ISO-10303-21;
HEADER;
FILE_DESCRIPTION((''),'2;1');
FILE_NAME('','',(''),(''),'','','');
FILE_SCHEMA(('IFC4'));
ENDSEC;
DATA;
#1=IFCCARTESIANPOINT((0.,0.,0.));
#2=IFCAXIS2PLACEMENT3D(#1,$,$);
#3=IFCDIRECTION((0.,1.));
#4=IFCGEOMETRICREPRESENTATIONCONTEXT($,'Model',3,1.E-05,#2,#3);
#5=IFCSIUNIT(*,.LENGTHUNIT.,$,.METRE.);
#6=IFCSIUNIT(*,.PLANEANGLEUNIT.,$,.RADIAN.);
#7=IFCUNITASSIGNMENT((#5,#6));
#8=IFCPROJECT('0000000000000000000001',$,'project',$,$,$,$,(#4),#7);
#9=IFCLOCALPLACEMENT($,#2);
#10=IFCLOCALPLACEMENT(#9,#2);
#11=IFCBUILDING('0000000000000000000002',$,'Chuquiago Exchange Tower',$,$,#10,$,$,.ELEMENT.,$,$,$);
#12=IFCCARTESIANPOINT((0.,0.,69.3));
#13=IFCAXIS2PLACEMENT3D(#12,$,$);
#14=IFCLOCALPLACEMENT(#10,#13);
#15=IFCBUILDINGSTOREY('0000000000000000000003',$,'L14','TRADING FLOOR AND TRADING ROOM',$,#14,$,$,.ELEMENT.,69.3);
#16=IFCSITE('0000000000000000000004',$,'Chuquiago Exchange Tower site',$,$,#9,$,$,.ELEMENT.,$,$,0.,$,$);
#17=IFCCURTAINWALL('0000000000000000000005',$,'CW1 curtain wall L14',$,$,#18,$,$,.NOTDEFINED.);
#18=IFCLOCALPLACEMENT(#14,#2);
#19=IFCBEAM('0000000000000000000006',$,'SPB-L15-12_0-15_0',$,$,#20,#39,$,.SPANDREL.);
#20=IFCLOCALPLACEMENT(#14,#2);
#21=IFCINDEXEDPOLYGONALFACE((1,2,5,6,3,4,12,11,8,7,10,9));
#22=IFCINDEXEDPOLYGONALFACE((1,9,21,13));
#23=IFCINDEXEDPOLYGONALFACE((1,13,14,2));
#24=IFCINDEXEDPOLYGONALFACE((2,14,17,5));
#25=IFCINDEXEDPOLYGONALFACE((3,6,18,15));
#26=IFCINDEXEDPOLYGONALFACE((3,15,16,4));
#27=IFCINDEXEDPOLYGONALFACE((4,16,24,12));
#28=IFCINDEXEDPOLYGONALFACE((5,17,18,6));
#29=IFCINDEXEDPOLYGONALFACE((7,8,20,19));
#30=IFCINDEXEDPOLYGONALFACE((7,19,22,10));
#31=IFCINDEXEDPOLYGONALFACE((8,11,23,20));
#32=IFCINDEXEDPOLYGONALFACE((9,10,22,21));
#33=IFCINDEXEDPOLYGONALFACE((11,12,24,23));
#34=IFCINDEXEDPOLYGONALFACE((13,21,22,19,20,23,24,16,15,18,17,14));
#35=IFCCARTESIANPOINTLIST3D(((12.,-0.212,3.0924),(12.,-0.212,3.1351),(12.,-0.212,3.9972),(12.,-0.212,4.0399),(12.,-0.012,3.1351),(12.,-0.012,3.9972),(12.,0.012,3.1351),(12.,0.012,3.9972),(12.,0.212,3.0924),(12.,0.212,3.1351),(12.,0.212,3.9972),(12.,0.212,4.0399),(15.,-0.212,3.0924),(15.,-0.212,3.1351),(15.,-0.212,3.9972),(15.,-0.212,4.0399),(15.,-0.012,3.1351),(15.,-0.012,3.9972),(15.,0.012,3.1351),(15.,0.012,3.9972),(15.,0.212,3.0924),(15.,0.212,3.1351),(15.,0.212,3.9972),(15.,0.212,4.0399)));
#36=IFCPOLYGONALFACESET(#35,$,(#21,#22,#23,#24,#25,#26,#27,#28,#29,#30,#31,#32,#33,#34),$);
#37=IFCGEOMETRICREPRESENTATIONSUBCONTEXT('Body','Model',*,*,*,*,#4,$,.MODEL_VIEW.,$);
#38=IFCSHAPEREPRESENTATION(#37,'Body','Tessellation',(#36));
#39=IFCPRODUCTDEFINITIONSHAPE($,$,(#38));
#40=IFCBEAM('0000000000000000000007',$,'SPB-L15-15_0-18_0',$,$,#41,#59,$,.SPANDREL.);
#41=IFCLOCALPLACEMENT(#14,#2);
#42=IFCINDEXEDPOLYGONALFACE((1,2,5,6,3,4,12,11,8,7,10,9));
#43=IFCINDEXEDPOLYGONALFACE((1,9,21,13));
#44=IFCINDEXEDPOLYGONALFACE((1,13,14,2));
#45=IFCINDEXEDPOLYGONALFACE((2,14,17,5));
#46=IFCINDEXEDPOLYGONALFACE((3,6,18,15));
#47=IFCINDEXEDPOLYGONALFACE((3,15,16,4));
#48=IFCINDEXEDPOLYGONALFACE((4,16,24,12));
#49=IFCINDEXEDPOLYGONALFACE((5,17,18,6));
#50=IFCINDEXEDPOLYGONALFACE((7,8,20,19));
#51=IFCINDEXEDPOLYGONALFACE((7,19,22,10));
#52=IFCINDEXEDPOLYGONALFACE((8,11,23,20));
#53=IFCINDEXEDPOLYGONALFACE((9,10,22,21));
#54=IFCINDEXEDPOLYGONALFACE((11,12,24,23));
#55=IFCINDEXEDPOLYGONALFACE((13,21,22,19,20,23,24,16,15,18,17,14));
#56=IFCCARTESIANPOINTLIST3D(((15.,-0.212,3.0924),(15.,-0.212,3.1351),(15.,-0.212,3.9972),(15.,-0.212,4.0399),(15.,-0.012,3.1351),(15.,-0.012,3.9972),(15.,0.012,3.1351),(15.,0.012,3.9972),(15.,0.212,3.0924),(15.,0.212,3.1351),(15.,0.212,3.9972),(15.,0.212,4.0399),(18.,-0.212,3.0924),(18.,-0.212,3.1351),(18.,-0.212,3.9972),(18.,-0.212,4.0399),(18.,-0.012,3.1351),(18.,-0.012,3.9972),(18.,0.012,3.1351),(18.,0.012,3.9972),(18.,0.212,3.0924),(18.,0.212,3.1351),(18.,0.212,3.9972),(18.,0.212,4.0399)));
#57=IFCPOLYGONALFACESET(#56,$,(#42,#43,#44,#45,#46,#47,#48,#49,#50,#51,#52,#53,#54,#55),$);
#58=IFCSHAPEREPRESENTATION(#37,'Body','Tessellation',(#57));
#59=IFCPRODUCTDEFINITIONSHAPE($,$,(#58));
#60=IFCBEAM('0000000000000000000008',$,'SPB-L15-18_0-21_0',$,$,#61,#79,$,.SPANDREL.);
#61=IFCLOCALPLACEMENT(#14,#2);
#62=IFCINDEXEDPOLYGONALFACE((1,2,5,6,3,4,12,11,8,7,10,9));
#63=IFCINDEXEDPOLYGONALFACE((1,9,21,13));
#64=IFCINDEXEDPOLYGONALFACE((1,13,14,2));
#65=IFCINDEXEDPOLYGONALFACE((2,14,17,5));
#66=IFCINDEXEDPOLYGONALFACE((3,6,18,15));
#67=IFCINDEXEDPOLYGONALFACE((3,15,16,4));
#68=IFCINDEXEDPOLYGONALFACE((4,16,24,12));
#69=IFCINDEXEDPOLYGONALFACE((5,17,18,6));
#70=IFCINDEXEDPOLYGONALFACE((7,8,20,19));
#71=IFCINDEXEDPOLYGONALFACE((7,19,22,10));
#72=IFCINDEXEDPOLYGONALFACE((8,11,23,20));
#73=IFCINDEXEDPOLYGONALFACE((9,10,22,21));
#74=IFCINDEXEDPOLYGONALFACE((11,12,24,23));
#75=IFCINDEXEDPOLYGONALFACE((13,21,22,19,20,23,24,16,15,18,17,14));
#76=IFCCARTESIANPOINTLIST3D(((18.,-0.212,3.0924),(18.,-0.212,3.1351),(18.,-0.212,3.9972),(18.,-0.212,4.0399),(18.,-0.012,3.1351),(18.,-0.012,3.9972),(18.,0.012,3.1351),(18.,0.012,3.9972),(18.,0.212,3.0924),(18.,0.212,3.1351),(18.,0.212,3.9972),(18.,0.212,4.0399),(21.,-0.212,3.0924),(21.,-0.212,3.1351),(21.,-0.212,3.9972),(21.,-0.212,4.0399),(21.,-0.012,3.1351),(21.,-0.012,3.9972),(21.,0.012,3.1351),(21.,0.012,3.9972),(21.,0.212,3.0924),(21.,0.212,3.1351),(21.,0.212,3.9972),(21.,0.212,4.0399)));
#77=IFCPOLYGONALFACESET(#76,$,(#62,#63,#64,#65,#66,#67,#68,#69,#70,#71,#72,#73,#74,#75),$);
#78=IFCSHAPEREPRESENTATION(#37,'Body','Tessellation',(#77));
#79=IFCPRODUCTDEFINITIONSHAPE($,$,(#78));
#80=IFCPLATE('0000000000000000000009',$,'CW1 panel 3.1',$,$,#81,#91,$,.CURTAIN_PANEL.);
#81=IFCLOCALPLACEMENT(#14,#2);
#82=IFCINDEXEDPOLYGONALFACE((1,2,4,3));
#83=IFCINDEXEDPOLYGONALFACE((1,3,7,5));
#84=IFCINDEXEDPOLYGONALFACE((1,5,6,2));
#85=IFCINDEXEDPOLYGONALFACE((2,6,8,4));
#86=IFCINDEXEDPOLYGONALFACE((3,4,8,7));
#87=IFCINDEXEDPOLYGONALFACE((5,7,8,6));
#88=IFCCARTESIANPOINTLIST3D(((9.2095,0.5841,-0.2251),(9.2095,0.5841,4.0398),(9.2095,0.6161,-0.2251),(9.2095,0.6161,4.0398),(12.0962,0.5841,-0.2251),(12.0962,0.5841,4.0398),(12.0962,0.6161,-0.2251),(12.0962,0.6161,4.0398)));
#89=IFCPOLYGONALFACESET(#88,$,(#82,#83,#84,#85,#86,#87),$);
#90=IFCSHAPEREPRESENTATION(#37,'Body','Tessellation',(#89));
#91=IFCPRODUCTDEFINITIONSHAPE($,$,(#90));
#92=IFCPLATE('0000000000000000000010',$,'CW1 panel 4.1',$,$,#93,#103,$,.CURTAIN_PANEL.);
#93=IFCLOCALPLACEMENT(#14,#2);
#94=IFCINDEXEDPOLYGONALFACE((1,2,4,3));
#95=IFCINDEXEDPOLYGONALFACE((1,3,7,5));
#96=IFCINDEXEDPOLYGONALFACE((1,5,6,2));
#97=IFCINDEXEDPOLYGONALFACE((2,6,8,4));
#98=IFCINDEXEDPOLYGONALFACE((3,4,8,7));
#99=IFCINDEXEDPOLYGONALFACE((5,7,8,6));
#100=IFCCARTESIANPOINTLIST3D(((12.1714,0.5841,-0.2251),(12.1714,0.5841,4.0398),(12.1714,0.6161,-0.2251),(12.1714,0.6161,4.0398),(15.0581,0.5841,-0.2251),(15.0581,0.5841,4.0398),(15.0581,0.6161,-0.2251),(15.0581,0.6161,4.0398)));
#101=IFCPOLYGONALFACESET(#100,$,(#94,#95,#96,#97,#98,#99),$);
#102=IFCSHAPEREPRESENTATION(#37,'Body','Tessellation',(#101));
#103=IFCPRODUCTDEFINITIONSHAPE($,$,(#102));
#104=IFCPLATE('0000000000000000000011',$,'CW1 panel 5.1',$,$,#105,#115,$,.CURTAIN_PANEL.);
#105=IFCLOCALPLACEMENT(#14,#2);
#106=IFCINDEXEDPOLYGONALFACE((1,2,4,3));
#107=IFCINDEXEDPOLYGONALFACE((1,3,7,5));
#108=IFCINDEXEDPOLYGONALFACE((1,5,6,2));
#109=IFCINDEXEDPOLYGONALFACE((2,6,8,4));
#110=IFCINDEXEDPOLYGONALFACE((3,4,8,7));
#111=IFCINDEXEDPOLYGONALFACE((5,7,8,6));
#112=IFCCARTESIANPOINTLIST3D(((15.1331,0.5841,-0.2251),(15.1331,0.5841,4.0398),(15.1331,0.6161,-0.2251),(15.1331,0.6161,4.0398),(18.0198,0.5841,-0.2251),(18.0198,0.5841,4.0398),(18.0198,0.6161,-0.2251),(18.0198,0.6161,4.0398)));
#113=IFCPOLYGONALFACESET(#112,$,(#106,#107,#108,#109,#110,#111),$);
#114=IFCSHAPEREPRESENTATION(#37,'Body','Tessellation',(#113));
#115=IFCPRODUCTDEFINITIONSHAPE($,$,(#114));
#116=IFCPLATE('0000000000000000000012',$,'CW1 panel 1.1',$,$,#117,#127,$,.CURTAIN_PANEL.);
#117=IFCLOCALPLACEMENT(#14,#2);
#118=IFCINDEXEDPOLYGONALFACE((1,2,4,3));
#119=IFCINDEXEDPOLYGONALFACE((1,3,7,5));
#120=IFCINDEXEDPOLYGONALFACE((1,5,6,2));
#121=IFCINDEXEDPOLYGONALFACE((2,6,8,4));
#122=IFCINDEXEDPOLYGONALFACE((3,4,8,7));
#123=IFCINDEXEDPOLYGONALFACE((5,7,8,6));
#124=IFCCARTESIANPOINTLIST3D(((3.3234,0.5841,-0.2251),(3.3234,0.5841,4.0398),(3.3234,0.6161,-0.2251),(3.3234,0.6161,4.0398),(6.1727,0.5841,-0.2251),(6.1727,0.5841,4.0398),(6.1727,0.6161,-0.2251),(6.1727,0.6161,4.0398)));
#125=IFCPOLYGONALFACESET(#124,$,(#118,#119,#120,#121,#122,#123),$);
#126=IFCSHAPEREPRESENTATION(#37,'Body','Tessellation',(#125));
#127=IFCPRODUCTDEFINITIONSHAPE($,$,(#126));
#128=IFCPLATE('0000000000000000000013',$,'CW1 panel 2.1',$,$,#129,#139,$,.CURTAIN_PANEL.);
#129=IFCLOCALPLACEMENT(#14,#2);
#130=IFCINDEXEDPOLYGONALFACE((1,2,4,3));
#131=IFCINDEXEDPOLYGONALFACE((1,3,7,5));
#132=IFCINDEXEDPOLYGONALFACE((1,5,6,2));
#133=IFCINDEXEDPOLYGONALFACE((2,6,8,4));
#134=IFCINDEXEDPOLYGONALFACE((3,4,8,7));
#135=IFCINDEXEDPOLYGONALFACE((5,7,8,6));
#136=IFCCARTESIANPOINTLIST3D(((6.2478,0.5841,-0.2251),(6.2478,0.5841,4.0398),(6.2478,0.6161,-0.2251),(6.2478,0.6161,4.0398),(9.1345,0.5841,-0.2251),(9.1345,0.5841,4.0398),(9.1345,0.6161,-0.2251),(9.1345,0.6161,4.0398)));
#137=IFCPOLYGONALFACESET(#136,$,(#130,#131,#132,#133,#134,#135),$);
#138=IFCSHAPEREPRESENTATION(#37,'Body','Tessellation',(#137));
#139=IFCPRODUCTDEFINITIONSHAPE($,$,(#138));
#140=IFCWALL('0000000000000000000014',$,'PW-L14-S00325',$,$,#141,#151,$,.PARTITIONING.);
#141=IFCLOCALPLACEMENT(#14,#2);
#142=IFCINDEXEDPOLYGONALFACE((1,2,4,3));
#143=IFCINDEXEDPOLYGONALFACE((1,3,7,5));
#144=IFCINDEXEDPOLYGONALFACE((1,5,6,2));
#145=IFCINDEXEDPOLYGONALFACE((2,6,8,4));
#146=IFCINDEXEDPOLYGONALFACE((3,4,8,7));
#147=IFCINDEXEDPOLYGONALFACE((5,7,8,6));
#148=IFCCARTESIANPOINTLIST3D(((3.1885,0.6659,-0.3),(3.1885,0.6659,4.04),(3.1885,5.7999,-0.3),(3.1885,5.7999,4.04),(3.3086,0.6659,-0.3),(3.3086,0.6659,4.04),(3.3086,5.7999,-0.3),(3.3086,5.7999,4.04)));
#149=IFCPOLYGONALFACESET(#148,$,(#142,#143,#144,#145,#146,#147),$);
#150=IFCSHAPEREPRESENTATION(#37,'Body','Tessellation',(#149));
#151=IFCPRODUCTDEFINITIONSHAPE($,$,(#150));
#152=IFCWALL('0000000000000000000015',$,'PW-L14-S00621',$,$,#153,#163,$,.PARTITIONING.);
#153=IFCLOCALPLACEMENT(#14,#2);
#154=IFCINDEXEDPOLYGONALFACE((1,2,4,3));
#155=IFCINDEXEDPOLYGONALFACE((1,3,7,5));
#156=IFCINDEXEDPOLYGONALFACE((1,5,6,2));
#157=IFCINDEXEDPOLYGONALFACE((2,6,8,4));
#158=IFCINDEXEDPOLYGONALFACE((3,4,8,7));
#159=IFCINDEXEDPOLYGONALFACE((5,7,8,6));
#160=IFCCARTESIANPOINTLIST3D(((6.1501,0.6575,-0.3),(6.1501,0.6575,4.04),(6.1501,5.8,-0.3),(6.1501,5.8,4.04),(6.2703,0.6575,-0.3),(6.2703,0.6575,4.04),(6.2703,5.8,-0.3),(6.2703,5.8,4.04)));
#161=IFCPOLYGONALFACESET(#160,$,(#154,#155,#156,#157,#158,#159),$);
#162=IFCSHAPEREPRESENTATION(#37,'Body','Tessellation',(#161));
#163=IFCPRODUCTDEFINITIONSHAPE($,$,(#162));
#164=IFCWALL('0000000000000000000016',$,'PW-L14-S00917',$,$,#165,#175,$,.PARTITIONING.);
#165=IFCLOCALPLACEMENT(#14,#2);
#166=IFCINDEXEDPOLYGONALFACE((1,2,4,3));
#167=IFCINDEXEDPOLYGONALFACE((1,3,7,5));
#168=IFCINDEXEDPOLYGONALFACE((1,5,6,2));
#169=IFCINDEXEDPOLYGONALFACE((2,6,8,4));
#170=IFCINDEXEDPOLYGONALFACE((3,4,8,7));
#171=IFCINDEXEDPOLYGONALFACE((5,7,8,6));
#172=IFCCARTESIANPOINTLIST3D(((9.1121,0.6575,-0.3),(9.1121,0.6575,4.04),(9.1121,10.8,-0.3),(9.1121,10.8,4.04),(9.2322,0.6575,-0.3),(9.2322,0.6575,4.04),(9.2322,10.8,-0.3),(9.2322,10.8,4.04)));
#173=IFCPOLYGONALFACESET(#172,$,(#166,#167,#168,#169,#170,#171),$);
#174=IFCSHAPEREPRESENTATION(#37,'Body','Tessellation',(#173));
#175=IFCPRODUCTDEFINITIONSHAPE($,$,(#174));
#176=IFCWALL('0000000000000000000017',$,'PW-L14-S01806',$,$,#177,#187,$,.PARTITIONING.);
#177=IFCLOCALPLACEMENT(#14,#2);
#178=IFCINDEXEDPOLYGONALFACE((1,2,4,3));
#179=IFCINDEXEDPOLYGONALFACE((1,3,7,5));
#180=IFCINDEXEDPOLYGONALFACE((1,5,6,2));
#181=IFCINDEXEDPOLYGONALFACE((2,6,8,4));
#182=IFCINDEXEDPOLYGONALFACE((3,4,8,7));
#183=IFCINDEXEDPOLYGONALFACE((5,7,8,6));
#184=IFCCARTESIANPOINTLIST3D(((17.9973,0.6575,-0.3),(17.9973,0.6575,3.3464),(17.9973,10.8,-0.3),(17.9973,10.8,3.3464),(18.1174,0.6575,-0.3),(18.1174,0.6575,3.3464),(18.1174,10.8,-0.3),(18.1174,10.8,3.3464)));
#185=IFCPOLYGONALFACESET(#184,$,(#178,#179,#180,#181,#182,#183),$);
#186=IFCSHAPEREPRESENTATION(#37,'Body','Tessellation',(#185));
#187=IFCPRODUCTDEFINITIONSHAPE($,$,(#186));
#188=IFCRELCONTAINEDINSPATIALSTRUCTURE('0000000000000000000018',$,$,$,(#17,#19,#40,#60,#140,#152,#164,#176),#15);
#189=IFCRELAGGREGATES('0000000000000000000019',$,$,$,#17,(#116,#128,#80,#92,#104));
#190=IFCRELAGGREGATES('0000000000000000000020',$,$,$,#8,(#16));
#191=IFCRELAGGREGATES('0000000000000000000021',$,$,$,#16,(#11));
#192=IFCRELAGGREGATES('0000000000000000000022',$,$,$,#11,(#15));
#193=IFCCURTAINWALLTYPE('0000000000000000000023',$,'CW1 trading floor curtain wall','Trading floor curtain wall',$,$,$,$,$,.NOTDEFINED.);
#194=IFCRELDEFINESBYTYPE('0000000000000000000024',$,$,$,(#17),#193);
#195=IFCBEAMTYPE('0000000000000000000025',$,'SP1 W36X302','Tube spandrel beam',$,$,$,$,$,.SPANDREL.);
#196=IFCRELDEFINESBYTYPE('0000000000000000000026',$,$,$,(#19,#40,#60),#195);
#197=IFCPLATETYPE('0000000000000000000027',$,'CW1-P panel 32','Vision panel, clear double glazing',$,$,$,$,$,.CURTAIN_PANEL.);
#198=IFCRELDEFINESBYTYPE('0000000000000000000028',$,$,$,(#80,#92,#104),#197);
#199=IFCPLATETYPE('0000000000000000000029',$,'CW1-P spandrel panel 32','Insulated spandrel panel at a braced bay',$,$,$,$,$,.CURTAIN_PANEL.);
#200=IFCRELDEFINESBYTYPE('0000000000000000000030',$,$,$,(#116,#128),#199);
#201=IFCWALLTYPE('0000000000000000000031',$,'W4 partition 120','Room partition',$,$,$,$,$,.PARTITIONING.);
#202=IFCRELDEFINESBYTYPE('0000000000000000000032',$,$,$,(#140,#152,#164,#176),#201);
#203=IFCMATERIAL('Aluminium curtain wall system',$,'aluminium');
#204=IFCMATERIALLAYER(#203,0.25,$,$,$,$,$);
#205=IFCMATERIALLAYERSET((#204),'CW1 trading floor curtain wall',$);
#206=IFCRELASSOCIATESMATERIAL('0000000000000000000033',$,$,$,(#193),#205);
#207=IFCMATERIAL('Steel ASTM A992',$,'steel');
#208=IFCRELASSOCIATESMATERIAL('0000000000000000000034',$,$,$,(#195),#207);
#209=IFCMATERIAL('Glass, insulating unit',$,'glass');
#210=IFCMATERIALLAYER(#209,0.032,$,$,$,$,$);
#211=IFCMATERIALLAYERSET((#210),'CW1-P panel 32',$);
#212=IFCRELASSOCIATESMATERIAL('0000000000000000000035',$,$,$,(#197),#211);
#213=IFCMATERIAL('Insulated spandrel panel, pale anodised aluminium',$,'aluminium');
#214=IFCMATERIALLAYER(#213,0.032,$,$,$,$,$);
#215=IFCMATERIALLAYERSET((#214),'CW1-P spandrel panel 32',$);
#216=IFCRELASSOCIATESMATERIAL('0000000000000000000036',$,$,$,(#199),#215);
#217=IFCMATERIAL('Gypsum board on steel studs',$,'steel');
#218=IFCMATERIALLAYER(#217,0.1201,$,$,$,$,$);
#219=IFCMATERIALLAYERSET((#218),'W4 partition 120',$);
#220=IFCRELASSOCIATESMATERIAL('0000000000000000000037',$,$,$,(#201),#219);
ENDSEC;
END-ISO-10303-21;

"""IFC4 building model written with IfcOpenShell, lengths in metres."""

from ifc_helpers import new_model, si_unit, direction, frame, frame_2d, origin, origin_2d, place, context, subcontext, project, spatial, rectangle, i_section, extrude, material, layer, layer_set, material_profile, profile_set, type_object, element, aggregate, save


model = new_model("IFC4")

# Units and contexts
model_context = context("Model", 3, precision=1e-05, world=origin(), true_north=direction((0.0, 1.0)))
body_context = subcontext(model_context, "Body", "Model", "MODEL_VIEW")
ifc_project = project(units=[si_unit("LENGTHUNIT", "METRE"), si_unit("PLANEANGLEUNIT", "RADIAN")], contexts=[model_context])

# Site, building, storey
site_placement = place(None, origin())
site = spatial("IfcSite", under=ifc_project, at=site_placement, Name="Chuquiago Exchange Tower site", CompositionType="ELEMENT", RefElevation=0.0)
building_placement = place(site_placement, origin())
building = spatial("IfcBuilding", under=site, at=building_placement, Name="Chuquiago Exchange Tower", CompositionType="ELEMENT")
storey_placement = place(building_placement, frame((0.0, 0.0, 69.3)))
storey = spatial("IfcBuildingStorey", under=building, at=storey_placement, Name="L14", Description="TRADING FLOOR AND TRADING ROOM", CompositionType="ELEMENT", Elevation=69.3)

# Curtain wall
ifc_material_1 = material(Name="Aluminium curtain wall system", Category="aluminium")
ifc_layer_1 = layer(ifc_material_1, 0.25)
ifc_layer_set_1 = layer_set([ifc_layer_1], Name="CW1 trading floor curtain wall")
curtain_wall_type_1 = type_object("IfcCurtainWallType", Name="CW1 trading floor curtain wall", Description="Trading floor curtain wall", PredefinedType="NOTDEFINED", material=ifc_layer_set_1)
curtain_wall_1_placement = place(storey_placement, origin())
curtain_wall_1 = element("IfcCurtainWall", 1, at=curtain_wall_1_placement, inside=storey, type_object=curtain_wall_type_1, Name="CW1 curtain wall L14", PredefinedType="NOTDEFINED")

# Beams
ifc_material_2 = material(Name="Steel ASTM A992", Category="steel")
ifc_material_profile_1 = material_profile(ifc_material_2, i_section(OverallWidth=0.4241, OverallDepth=0.9475, WebThickness=0.0239, FlangeThickness=0.0427, at=origin_2d()), Name="W36X302")
ifc_profile_set_1 = profile_set([ifc_material_profile_1], Name="Steel ASTM A992")
beam_type = type_object("IfcBeamType", Name="SP1 W36X302", Description="Tube spandrel beam", PredefinedType="SPANDREL", material=ifc_profile_set_1)
for number, where, z_axis, x_axis, name in (
    (2, (12.0, 0.0, 3.5662), (1.0, 0.0, 0.0), (0.0, 1.0, 0.0), "SPB-L15-12_0-15_0"),
    (3, (15.0, 0.0, 3.5662), (1.0, 0.0, 0.0), (0.0, 1.0, 0.0), "SPB-L15-15_0-18_0"),
    (4, (18.0, 0.0, 3.5662), (1.0, 0.0, 0.0), (0.0, 1.0, 0.0), "SPB-L15-18_0-21_0"),
):
    element("IfcBeam", number, at=place(storey_placement, frame(where, z_axis=z_axis, x_axis=x_axis)), inside=storey, type_object=beam_type, Name=name, PredefinedType="SPANDREL", context=body_context, shape_type="SweptSolid", body=[
        extrude(i_section(OverallWidth=0.4241, OverallDepth=0.9475, WebThickness=0.0239, FlangeThickness=0.0427, at=origin_2d()), origin(), (0.0, 0.0, 1.0), 3.0),
    ])

# Plates
ifc_material_3 = material(Name="Glass, insulating unit", Category="glass")
ifc_layer_2 = layer(ifc_material_3, 0.032)
ifc_layer_set_2 = layer_set([ifc_layer_2], Name="CW1-P panel 32")
plate_type_1 = type_object("IfcPlateType", Name="CW1-P panel 32", Description="Vision panel, clear double glazing", PredefinedType="CURTAIN_PANEL", material=ifc_layer_set_2)
plate_1_placement = place(storey_placement, frame((10.6528, 0.6001, -0.2251), z_axis=(0.0, 0.0, 1.0), x_axis=(1.0, 0.0, 0.0)))
plate_1 = element("IfcPlate", 5, at=plate_1_placement, type_object=plate_type_1, Name="CW1 panel 3.1", PredefinedType="CURTAIN_PANEL", context=body_context, shape_type="SweptSolid", body=[
    extrude(rectangle(XDim=2.8867, YDim=0.032, at=origin_2d()), origin(), (0.0, 0.0, 1.0), 4.2649),
])
plate_2_placement = place(storey_placement, frame((13.6147, 0.6001, -0.2251), z_axis=(0.0, 0.0, 1.0), x_axis=(1.0, 0.0, 0.0)))
plate_2 = element("IfcPlate", 6, at=plate_2_placement, type_object=plate_type_1, Name="CW1 panel 4.1", PredefinedType="CURTAIN_PANEL", context=body_context, shape_type="SweptSolid", body=[
    extrude(rectangle(XDim=2.8867, YDim=0.032, at=origin_2d()), origin(), (0.0, 0.0, 1.0), 4.2649),
])
plate_3_placement = place(storey_placement, frame((16.5764, 0.6001, -0.2251), z_axis=(0.0, 0.0, 1.0), x_axis=(1.0, 0.0, 0.0)))
plate_3 = element("IfcPlate", 7, at=plate_3_placement, type_object=plate_type_1, Name="CW1 panel 5.1", PredefinedType="CURTAIN_PANEL", context=body_context, shape_type="SweptSolid", body=[
    extrude(rectangle(XDim=2.8867, YDim=0.032, at=origin_2d()), origin(), (0.0, 0.0, 1.0), 4.2649),
])
ifc_material_4 = material(Name="Insulated spandrel panel, pale anodised aluminium", Category="aluminium")
ifc_layer_3 = layer(ifc_material_4, 0.032)
ifc_layer_set_3 = layer_set([ifc_layer_3], Name="CW1-P spandrel panel 32")
plate_type_2 = type_object("IfcPlateType", Name="CW1-P spandrel panel 32", Description="Insulated spandrel panel at a braced bay", PredefinedType="CURTAIN_PANEL", material=ifc_layer_set_3)
plate_4_placement = place(storey_placement, frame((4.748, 0.6001, -0.2251), z_axis=(0.0, 0.0, 1.0), x_axis=(1.0, 0.0, 0.0)))
plate_4 = element("IfcPlate", 8, at=plate_4_placement, type_object=plate_type_2, Name="CW1 panel 1.1", PredefinedType="CURTAIN_PANEL", context=body_context, shape_type="SweptSolid", body=[
    extrude(rectangle(XDim=2.8494, YDim=0.032, at=origin_2d()), origin(), (0.0, 0.0, 1.0), 4.2649),
])
plate_5_placement = place(storey_placement, frame((7.6912, 0.6001, -0.2251), z_axis=(0.0, 0.0, 1.0), x_axis=(1.0, 0.0, 0.0)))
plate_5 = element("IfcPlate", 9, at=plate_5_placement, type_object=plate_type_2, Name="CW1 panel 2.1", PredefinedType="CURTAIN_PANEL", context=body_context, shape_type="SweptSolid", body=[
    extrude(rectangle(XDim=2.8867, YDim=0.032, at=origin_2d()), origin(), (0.0, 0.0, 1.0), 4.2649),
])
aggregate(curtain_wall_1, [plate_4, plate_5, plate_1, plate_2, plate_3])

# Walls
ifc_material_5 = material(Name="Gypsum board on steel studs", Category="steel")
ifc_layer_4 = layer(ifc_material_5, 0.1201)
ifc_layer_set_4 = layer_set([ifc_layer_4], Name="W4 partition 120")
wall_type = type_object("IfcWallType", Name="W4 partition 120", Description="Room partition", PredefinedType="PARTITIONING", material=ifc_layer_set_4)
wall_1_placement = place(storey_placement, frame((3.2485, 0.666, -0.3), z_axis=(0.0, 0.0, 1.0), x_axis=(0.0, 1.0, 0.0)))
element("IfcWall", 10, at=wall_1_placement, inside=storey, type_object=wall_type, Name="PW-L14-S00325", PredefinedType="PARTITIONING", context=body_context, shape_type="SweptSolid", body=[
    extrude(rectangle(XDim=5.134, YDim=0.1201, at=frame_2d((2.5669, 0.0))), origin(), (0.0, 0.0, 1.0), 4.3401),
])
wall_2_placement = place(storey_placement, frame((6.2102, 0.6575, -0.3), z_axis=(0.0, 0.0, 1.0), x_axis=(0.0, 1.0, 0.0)))
element("IfcWall", 11, at=wall_2_placement, inside=storey, type_object=wall_type, Name="PW-L14-S00621", PredefinedType="PARTITIONING", context=body_context, shape_type="SweptSolid", body=[
    extrude(rectangle(XDim=5.1426, YDim=0.1201, at=frame_2d((2.5713, 0.0))), origin(), (0.0, 0.0, 1.0), 4.3401),
])
wall_3_placement = place(storey_placement, frame((9.1721, 0.6575, -0.3), z_axis=(0.0, 0.0, 1.0), x_axis=(0.0, 1.0, 0.0)))
element("IfcWall", 12, at=wall_3_placement, inside=storey, type_object=wall_type, Name="PW-L14-S00917", PredefinedType="PARTITIONING", context=body_context, shape_type="SweptSolid", body=[
    extrude(rectangle(XDim=10.1426, YDim=0.1201, at=frame_2d((5.0713, 0.0))), origin(), (0.0, 0.0, 1.0), 4.3401),
])
wall_4_placement = place(storey_placement, frame((18.0574, 0.6575, -0.3), z_axis=(0.0, 0.0, 1.0), x_axis=(0.0, 1.0, 0.0)))
element("IfcWall", 13, at=wall_4_placement, inside=storey, type_object=wall_type, Name="PW-L14-S01806", PredefinedType="PARTITIONING", context=body_context, shape_type="SweptSolid", body=[
    extrude(rectangle(XDim=10.1426, YDim=0.1201, at=frame_2d((5.0713, 0.0))), origin(), (0.0, 0.0, 1.0), 3.6465),
])

save(model, "model.ifc")
